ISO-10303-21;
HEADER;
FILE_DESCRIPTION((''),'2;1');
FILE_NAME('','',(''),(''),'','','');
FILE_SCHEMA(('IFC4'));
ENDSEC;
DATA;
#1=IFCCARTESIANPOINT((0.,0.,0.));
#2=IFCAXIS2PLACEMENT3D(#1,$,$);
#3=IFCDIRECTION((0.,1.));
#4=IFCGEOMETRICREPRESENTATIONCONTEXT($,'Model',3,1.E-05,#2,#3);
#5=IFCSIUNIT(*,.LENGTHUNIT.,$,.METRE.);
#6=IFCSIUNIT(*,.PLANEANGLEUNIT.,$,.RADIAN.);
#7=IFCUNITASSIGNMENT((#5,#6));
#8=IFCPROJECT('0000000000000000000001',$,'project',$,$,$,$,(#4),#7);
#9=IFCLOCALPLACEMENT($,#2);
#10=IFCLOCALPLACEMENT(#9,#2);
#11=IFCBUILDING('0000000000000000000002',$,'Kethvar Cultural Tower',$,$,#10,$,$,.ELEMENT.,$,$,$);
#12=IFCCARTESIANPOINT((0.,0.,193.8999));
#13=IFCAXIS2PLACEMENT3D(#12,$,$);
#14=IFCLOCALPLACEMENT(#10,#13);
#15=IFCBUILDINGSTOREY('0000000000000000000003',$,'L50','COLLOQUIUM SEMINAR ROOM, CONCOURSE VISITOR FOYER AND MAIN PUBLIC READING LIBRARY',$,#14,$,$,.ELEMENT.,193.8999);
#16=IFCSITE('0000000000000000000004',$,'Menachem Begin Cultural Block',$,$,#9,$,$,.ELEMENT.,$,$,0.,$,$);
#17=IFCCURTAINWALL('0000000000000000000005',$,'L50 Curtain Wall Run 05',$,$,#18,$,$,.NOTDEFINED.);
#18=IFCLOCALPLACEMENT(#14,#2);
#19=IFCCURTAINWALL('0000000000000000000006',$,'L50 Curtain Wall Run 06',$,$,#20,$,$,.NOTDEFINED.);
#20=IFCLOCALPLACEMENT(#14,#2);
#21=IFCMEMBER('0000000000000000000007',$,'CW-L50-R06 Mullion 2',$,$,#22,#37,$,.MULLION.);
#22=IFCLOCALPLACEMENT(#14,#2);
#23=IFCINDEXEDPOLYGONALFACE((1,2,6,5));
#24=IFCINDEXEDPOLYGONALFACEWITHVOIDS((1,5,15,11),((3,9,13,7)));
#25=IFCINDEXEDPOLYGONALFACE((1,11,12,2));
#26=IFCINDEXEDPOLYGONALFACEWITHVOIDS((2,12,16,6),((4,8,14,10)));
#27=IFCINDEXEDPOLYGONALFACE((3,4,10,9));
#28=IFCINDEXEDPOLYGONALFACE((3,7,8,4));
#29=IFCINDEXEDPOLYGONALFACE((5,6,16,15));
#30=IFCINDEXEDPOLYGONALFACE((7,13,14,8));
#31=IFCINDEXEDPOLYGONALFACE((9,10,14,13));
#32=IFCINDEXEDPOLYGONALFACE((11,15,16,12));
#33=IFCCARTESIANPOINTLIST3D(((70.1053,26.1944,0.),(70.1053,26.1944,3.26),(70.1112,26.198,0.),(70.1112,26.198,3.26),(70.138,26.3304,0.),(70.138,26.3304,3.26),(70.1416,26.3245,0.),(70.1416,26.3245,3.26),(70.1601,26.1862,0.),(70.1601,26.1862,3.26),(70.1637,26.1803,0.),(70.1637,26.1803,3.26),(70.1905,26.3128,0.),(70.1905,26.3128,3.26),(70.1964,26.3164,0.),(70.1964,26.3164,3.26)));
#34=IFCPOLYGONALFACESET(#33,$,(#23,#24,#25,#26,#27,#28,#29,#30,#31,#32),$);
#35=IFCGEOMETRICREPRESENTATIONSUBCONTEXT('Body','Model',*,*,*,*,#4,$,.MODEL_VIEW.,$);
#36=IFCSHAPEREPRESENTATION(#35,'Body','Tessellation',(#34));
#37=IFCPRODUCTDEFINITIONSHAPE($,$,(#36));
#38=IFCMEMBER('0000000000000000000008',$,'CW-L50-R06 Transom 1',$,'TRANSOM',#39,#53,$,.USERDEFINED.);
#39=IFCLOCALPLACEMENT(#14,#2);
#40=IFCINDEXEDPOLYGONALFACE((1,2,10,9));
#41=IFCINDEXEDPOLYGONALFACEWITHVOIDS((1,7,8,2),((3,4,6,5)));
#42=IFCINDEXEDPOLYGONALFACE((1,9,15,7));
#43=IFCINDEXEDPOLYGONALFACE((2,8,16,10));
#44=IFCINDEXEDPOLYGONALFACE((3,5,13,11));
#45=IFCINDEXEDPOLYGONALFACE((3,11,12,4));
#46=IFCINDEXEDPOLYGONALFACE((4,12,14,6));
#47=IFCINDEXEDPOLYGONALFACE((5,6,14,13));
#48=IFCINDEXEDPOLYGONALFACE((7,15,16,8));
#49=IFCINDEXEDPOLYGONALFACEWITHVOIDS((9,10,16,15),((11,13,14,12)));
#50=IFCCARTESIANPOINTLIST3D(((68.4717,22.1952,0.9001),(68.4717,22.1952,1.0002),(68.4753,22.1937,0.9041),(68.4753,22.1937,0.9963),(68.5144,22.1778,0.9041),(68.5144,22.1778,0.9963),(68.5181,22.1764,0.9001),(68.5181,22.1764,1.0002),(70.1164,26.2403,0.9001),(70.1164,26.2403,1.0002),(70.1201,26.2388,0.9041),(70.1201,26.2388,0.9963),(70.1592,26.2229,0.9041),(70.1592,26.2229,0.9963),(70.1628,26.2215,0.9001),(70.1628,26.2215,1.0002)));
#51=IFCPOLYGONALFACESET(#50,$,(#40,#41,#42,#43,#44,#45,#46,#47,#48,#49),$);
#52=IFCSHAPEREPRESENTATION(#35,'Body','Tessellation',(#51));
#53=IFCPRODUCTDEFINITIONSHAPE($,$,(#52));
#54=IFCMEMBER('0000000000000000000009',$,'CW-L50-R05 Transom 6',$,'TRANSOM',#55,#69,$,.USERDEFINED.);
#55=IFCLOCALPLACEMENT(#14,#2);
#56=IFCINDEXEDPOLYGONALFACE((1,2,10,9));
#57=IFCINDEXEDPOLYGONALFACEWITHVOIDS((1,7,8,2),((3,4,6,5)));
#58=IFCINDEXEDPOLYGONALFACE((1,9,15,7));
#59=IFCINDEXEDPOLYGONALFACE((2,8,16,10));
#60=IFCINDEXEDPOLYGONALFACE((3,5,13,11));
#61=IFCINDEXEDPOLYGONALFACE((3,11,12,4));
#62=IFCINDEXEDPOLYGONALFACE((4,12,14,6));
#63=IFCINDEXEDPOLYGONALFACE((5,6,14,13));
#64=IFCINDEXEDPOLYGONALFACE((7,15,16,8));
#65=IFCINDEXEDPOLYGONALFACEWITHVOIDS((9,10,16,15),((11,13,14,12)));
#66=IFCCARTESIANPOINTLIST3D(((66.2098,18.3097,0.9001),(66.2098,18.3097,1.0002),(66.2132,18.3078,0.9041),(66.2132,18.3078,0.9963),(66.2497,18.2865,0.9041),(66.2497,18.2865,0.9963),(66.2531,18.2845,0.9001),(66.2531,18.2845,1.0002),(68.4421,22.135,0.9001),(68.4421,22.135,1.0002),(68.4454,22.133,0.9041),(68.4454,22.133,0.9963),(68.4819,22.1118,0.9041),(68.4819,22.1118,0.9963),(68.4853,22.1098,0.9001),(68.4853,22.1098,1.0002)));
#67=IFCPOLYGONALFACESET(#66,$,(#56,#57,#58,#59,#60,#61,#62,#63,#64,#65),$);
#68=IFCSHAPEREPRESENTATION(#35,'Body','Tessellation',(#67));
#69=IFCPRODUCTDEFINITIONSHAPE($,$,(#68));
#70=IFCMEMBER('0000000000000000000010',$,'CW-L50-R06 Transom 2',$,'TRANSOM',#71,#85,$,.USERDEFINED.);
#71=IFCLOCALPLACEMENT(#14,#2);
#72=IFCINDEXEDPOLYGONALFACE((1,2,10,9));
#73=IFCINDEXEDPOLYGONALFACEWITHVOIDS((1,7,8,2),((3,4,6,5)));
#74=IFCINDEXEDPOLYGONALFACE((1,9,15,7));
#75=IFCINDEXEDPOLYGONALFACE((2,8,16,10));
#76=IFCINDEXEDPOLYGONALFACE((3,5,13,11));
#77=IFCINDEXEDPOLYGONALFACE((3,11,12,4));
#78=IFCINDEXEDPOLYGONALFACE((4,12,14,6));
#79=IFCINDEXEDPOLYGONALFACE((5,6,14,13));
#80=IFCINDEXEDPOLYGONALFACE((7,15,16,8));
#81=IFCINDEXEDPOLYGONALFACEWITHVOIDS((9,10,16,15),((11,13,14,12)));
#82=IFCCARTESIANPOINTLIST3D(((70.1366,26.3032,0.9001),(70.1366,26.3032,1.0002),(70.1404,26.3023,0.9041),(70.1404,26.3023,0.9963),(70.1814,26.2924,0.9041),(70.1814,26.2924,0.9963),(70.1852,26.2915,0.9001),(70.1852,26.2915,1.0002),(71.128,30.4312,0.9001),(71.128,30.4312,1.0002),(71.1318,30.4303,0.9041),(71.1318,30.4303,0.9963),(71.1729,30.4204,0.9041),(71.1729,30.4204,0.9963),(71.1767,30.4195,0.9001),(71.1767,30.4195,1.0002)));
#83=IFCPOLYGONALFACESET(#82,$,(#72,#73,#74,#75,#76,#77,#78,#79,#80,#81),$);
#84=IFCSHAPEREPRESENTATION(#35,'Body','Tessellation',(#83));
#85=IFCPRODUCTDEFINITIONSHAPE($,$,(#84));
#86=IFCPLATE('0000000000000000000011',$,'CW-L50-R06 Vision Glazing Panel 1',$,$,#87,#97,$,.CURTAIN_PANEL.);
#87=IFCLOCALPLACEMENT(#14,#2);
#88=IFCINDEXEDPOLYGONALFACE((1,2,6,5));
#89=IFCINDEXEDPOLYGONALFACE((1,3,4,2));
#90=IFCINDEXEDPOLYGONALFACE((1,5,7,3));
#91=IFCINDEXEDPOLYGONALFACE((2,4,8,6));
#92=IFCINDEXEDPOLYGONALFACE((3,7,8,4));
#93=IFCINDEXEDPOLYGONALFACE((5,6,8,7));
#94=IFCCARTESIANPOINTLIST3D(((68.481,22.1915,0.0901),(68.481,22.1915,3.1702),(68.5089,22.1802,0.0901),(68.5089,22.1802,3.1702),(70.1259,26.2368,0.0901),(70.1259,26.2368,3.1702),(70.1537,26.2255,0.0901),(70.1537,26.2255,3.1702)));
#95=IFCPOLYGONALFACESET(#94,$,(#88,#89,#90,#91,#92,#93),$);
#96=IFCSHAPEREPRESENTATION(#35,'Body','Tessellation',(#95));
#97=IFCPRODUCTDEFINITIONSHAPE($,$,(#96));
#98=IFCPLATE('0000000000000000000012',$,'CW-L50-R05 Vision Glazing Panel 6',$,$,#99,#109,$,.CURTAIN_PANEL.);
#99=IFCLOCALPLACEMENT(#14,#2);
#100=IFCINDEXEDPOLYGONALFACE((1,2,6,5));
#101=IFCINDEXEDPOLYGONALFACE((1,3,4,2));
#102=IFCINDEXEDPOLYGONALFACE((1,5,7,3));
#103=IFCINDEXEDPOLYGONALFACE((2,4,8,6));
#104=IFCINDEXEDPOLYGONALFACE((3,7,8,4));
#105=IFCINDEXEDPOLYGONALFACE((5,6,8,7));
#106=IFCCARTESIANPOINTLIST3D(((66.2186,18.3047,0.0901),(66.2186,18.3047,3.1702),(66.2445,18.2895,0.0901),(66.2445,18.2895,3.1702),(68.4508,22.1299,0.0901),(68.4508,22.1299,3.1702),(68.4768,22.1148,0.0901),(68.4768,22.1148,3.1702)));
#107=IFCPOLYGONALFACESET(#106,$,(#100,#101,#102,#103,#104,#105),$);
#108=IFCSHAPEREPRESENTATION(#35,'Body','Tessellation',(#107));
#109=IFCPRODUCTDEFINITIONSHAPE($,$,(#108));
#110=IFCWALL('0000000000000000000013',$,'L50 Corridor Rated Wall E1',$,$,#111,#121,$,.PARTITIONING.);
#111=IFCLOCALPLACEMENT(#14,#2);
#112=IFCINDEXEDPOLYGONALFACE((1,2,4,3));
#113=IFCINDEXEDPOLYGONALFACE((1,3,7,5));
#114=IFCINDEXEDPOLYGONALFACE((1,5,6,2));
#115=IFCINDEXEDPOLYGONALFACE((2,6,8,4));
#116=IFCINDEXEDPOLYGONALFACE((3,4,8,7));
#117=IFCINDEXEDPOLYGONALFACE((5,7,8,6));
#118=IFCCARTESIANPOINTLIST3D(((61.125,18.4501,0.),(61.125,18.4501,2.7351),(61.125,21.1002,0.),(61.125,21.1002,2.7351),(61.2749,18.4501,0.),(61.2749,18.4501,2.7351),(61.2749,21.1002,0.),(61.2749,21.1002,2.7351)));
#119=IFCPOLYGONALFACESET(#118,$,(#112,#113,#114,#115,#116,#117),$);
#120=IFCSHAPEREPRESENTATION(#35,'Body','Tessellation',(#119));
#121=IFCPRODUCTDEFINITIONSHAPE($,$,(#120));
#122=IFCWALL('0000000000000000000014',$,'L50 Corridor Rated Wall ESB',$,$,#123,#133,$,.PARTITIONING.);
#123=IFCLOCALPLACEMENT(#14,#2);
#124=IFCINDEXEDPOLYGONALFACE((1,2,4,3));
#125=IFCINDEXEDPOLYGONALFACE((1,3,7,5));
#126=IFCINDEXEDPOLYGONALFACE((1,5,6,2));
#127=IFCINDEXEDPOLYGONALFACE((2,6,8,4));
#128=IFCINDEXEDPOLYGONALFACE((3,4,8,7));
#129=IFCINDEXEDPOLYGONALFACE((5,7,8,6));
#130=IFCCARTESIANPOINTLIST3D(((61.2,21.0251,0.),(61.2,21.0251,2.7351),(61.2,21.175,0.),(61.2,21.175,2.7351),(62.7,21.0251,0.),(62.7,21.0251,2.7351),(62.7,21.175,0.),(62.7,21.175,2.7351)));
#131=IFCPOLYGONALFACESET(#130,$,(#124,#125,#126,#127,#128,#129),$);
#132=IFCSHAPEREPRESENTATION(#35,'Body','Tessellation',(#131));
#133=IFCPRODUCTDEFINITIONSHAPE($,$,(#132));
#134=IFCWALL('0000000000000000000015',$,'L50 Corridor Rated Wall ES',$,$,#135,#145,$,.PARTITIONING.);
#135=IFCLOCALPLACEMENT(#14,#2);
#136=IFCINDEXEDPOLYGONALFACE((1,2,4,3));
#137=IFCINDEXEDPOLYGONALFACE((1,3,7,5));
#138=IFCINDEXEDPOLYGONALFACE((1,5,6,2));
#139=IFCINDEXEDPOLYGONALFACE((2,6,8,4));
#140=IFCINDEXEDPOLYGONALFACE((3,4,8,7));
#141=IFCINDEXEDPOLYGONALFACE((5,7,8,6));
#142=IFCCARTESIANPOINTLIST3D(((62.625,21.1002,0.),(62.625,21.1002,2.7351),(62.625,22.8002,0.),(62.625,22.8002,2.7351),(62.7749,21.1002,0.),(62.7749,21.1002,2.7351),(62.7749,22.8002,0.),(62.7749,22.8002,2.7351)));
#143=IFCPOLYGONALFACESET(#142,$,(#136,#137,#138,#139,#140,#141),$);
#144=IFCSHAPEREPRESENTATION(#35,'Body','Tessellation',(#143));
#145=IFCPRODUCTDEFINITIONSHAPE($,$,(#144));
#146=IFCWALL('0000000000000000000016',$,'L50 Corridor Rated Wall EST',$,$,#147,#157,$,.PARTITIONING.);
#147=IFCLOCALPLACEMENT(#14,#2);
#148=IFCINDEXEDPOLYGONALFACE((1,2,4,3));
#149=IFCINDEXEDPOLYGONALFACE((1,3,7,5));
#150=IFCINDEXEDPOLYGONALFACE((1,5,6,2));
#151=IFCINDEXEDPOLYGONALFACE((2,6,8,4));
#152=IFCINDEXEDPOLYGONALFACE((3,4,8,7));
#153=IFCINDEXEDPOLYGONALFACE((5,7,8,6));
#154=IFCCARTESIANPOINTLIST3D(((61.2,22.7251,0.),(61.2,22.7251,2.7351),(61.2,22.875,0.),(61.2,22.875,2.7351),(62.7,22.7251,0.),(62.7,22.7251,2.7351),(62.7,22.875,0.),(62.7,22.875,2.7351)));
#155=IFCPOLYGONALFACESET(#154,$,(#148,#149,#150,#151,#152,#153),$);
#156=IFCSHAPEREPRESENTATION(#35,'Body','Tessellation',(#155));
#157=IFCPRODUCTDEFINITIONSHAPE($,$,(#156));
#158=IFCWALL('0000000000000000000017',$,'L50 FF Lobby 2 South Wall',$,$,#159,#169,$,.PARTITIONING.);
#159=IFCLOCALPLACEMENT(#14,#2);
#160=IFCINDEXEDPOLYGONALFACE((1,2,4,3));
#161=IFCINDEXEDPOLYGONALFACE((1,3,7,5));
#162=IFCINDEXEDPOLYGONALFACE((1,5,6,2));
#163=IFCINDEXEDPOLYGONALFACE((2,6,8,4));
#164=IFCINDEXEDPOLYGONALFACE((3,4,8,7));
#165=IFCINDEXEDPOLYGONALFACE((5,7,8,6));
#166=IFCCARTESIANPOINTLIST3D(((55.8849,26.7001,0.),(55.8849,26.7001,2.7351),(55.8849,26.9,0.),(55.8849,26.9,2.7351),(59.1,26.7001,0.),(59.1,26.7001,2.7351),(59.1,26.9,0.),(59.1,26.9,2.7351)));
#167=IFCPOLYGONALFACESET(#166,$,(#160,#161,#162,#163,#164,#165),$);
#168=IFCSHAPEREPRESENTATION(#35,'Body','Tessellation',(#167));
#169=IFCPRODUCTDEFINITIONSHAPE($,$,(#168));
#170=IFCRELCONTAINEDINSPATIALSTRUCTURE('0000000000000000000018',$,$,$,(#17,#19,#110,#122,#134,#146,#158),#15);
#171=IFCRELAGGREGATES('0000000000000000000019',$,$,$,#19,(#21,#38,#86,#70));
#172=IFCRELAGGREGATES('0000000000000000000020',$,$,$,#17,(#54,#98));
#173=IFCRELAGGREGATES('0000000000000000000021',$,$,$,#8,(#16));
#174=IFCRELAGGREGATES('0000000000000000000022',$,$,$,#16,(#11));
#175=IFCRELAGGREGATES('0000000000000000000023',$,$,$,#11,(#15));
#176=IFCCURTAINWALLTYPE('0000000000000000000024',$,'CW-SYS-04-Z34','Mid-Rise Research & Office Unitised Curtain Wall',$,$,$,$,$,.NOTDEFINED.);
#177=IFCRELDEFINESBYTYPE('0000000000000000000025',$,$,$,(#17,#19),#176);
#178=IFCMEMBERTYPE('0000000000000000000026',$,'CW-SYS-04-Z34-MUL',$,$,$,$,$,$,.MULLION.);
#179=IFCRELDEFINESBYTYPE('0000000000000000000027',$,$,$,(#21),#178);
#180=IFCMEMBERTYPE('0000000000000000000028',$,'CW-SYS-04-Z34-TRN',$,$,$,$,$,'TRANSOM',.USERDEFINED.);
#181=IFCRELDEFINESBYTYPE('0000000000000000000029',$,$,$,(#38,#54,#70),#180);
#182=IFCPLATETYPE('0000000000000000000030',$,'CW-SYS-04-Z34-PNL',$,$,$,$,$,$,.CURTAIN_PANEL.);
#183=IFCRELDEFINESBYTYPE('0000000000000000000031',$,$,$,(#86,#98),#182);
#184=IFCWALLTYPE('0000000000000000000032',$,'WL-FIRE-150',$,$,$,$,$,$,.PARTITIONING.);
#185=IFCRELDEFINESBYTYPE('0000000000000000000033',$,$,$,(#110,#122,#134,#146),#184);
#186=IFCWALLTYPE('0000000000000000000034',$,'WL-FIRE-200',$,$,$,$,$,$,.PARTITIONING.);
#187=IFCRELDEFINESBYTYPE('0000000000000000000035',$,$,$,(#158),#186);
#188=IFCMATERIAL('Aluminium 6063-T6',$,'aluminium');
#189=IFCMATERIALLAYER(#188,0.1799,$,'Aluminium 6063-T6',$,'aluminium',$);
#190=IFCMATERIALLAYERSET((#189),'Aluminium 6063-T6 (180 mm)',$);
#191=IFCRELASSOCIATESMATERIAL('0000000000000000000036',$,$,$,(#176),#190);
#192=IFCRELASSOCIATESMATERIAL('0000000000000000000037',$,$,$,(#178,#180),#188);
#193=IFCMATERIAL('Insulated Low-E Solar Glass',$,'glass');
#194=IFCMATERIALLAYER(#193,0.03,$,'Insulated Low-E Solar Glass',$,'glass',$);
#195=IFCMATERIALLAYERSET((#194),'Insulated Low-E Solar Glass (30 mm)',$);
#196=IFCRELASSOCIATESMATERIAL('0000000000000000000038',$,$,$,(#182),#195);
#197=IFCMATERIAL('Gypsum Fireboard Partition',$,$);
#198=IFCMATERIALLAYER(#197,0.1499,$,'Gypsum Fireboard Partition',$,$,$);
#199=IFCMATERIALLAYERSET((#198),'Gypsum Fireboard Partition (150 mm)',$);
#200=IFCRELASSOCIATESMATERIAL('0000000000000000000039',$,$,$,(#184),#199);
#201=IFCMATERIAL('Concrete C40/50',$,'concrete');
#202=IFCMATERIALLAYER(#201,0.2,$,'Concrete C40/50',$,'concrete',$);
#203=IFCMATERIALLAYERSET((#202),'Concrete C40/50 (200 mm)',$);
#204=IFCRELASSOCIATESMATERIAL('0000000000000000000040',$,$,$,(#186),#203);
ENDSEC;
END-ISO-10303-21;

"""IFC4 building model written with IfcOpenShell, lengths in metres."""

from ifc_helpers import new_model, si_unit, direction, frame, frame_2d, origin, origin_2d, place, context, subcontext, project, spatial, rectangle, hollow_rectangle, extrude, source, transform, mapped, material, layer, layer_set, material_profile, profile_set, type_object, element, aggregate, save


model = new_model("IFC4")

# Units and contexts
model_context = context("Model", 3, precision=1e-05, world=origin(), true_north=direction((0.0, 1.0)))
body_context = subcontext(model_context, "Body", "Model", "MODEL_VIEW")
ifc_project = project(units=[si_unit("LENGTHUNIT", "METRE"), si_unit("PLANEANGLEUNIT", "RADIAN")], contexts=[model_context])

# Site, building, storey
site_placement = place(None, origin())
site = spatial("IfcSite", under=ifc_project, at=site_placement, Name="Menachem Begin Cultural Block", CompositionType="ELEMENT", RefElevation=0.0)
building_placement = place(site_placement, origin())
building = spatial("IfcBuilding", under=site, at=building_placement, Name="Kethvar Cultural Tower", CompositionType="ELEMENT")
storey_placement = place(building_placement, frame((0.0, 0.0, 193.8999)))
storey = spatial("IfcBuildingStorey", under=building, at=storey_placement, Name="L50", Description="COLLOQUIUM SEMINAR ROOM, CONCOURSE VISITOR FOYER AND MAIN PUBLIC READING LIBRARY", CompositionType="ELEMENT", Elevation=193.8999)

# Curtain wall
ifc_material_1 = material(Name="Aluminium 6063-T6", Category="aluminium")
ifc_layer_1 = layer(ifc_material_1, 0.1799, Name="Aluminium 6063-T6", Category="aluminium")
ifc_layer_set_1 = layer_set([ifc_layer_1], Name="Aluminium 6063-T6 (180 mm)")
curtain_wall_type = type_object("IfcCurtainWallType", Name="CW-SYS-04-Z34", Description="Mid-Rise Research & Office Unitised Curtain Wall", PredefinedType="NOTDEFINED", material=ifc_layer_set_1)
curtain_wall_1_placement = place(storey_placement, origin())
curtain_wall_1 = element("IfcCurtainWall", 1, at=curtain_wall_1_placement, inside=storey, type_object=curtain_wall_type, Name="L50 Curtain Wall Run 05", PredefinedType="NOTDEFINED")
ifc_material_profile_1 = material_profile(ifc_material_1, hollow_rectangle(XDim=0.0601, YDim=0.1399, WallThickness=0.0049, at=origin_2d()), Name="Aluminium 6063-T6 — RHS140x60x5")
ifc_profile_set_1 = profile_set([ifc_material_profile_1], Name="Aluminium 6063-T6 — RHS140x60x5")
member_type_1 = type_object("IfcMemberType", Name="CW-SYS-04-Z34-MUL", PredefinedType="MULLION", material=ifc_profile_set_1)
shared_shape_1 = source(origin(), body_context, "Body", "SweptSolid", [
    extrude(hollow_rectangle(XDim=0.0601, YDim=0.1399, WallThickness=0.0049, at=origin_2d()), origin(), (0.0, 0.0, 1.0), 3.26),
])

# Curtain wall, members
curtain_wall_2_placement = place(storey_placement, origin())
curtain_wall_2 = element("IfcCurtainWall", 2, at=curtain_wall_2_placement, inside=storey, type_object=curtain_wall_type, Name="L50 Curtain Wall Run 06", PredefinedType="NOTDEFINED")
member_1_placement = place(storey_placement, frame((70.1509, 26.2554, 0.0), z_axis=(0.0, 0.0, 1.0), x_axis=(-0.972358, 0.233496, 0.0)))
member_1 = element("IfcMember", 3, at=member_1_placement, type_object=member_type_1, Name="CW-L50-R06 Mullion 2", PredefinedType="MULLION", context=body_context, shape_type="MappedRepresentation", body=[
    mapped(shared_shape_1, transform((0.0, 0.0, 0.0), scale=1.0)),
])
ifc_material_profile_2 = material_profile(ifc_material_1, hollow_rectangle(XDim=0.05, YDim=0.1001, WallThickness=0.0039, at=origin_2d()), Name="Aluminium 6063-T6 — RHS100x50x4")
ifc_profile_set_2 = profile_set([ifc_material_profile_2], Name="Aluminium 6063-T6 — RHS100x50x4")
member_type_2 = type_object("IfcMemberType", Name="CW-SYS-04-Z34-TRN", ElementType="TRANSOM", PredefinedType="USERDEFINED", material=ifc_profile_set_2)
shared_shape_2 = source(origin(), body_context, "Body", "SweptSolid", [
    extrude(hollow_rectangle(XDim=0.05, YDim=0.1001, WallThickness=0.0039, at=origin_2d()), origin(), (0.0, 0.0, 1.0), 4.3667),
])
member_2_placement = place(storey_placement, frame((68.4949, 22.1858, 0.9502), z_axis=(0.376657, 0.926353, 0.0), x_axis=(-0.926353, 0.376657, 0.0)))
member_2 = element("IfcMember", 4, at=member_2_placement, type_object=member_type_2, Name="CW-L50-R06 Transom 1", ObjectType="TRANSOM", PredefinedType="USERDEFINED", context=body_context, shape_type="MappedRepresentation", body=[
    mapped(shared_shape_2, transform((0.0, 0.0, 0.0), scale=1.0)),
])

# Members
shared_shape_3 = source(origin(), body_context, "Body", "SweptSolid", [
    extrude(hollow_rectangle(XDim=0.05, YDim=0.1001, WallThickness=0.0039, at=origin_2d()), origin(), (0.0, 0.0, 1.0), 4.429),
])
member_3_placement = place(storey_placement, frame((66.2314, 18.2971, 0.9502), z_axis=(0.504008, 0.863699, 0.0), x_axis=(-0.863699, 0.504008, 0.0)))
member_3 = element("IfcMember", 5, at=member_3_placement, type_object=member_type_2, Name="CW-L50-R05 Transom 6", ObjectType="TRANSOM", PredefinedType="USERDEFINED", context=body_context, shape_type="MappedRepresentation", body=[
    mapped(shared_shape_3, transform((0.0, 0.0, 0.0), scale=1.0)),
])
shared_shape_4 = source(origin(), body_context, "Body", "SweptSolid", [
    extrude(hollow_rectangle(XDim=0.05, YDim=0.1001, WallThickness=0.0039, at=origin_2d()), origin(), (0.0, 0.0, 1.0), 4.2454),
])
member_4_placement = place(storey_placement, frame((70.1609, 26.2974, 0.9502), z_axis=(0.23354, 0.972347, 0.0), x_axis=(-0.972347, 0.23354, 0.0)))
member_4 = element("IfcMember", 6, at=member_4_placement, type_object=member_type_2, Name="CW-L50-R06 Transom 2", ObjectType="TRANSOM", PredefinedType="USERDEFINED", context=body_context, shape_type="MappedRepresentation", body=[
    mapped(shared_shape_4, transform((0.0, 0.0, 0.0), scale=1.0)),
])

# Plates
ifc_material_2 = material(Name="Insulated Low-E Solar Glass", Category="glass")
ifc_layer_2 = layer(ifc_material_2, 0.03, Name="Insulated Low-E Solar Glass", Category="glass")
ifc_layer_set_2 = layer_set([ifc_layer_2], Name="Insulated Low-E Solar Glass (30 mm)")
plate_type = type_object("IfcPlateType", Name="CW-SYS-04-Z34-PNL", PredefinedType="CURTAIN_PANEL", material=ifc_layer_set_2)
shared_shape_5 = source(origin(), body_context, "Body", "SweptSolid", [
    extrude(rectangle(XDim=4.3669, YDim=0.03, at=origin_2d()), origin(), (0.0, 0.0, 1.0), 3.0801),
])
plate_1_placement = place(storey_placement, frame((69.3174, 24.2085, 0.0901), z_axis=(0.0, 0.0, 1.0), x_axis=(0.376661, 0.926351, 0.0)))
plate_1 = element("IfcPlate", 7, at=plate_1_placement, type_object=plate_type, Name="CW-L50-R06 Vision Glazing Panel 1", PredefinedType="CURTAIN_PANEL", context=body_context, shape_type="MappedRepresentation", body=[
    mapped(shared_shape_5, transform((0.0, 0.0, 0.0), scale=1.0)),
])
aggregate(curtain_wall_2, [member_1, member_2, plate_1, member_4])
shared_shape_6 = source(origin(), body_context, "Body", "SweptSolid", [
    extrude(rectangle(XDim=4.429, YDim=0.03, at=origin_2d()), origin(), (0.0, 0.0, 1.0), 3.0801),
])
plate_2_placement = place(storey_placement, frame((67.3477, 20.2097, 0.0901), z_axis=(0.0, 0.0, 1.0), x_axis=(0.504015, 0.863695, 0.0)))
plate_2 = element("IfcPlate", 8, at=plate_2_placement, type_object=plate_type, Name="CW-L50-R05 Vision Glazing Panel 6", PredefinedType="CURTAIN_PANEL", context=body_context, shape_type="MappedRepresentation", body=[
    mapped(shared_shape_6, transform((0.0, 0.0, 0.0), scale=1.0)),
])
aggregate(curtain_wall_1, [member_3, plate_2])

# Walls
ifc_material_3 = material(Name="Gypsum Fireboard Partition")
ifc_layer_3 = layer(ifc_material_3, 0.1499, Name="Gypsum Fireboard Partition")
ifc_layer_set_3 = layer_set([ifc_layer_3], Name="Gypsum Fireboard Partition (150 mm)")
wall_type_1 = type_object("IfcWallType", Name="WL-FIRE-150", PredefinedType="PARTITIONING", material=ifc_layer_set_3)
wall_1_placement = place(storey_placement, frame((61.2, 18.45, 0.0), z_axis=(0.0, 0.0, 1.0), x_axis=(0.0, 1.0, 0.0)))
element("IfcWall", 9, at=wall_1_placement, inside=storey, type_object=wall_type_1, Name="L50 Corridor Rated Wall E1", PredefinedType="PARTITIONING", context=body_context, shape_type="SweptSolid", body=[
    extrude(rectangle(XDim=2.6501, YDim=0.1499, at=frame_2d((1.3252, 0.0))), origin(), (0.0, 0.0, 1.0), 2.7351),
])
wall_2_placement = place(storey_placement, frame((61.2, 21.1001, 0.0), z_axis=(0.0, 0.0, 1.0), x_axis=(1.0, 0.0, 0.0)))
element("IfcWall", 10, at=wall_2_placement, inside=storey, type_object=wall_type_1, Name="L50 Corridor Rated Wall ESB", PredefinedType="PARTITIONING", context=body_context, shape_type="SweptSolid", body=[
    extrude(rectangle(XDim=1.5, YDim=0.1499, at=frame_2d((0.75, 0.0))), origin(), (0.0, 0.0, 1.0), 2.7351),
])
wall_3_placement = place(storey_placement, frame((62.7, 21.1001, 0.0), z_axis=(0.0, 0.0, 1.0), x_axis=(0.0, 1.0, 0.0)))
element("IfcWall", 11, at=wall_3_placement, inside=storey, type_object=wall_type_1, Name="L50 Corridor Rated Wall ES", PredefinedType="PARTITIONING", context=body_context, shape_type="SweptSolid", body=[
    extrude(rectangle(XDim=1.7, YDim=0.1499, at=frame_2d((0.8501, 0.0))), origin(), (0.0, 0.0, 1.0), 2.7351),
])
wall_4_placement = place(storey_placement, frame((62.7, 22.8, 0.0), z_axis=(0.0, 0.0, 1.0), x_axis=(-1.0, 0.0, 0.0)))
element("IfcWall", 12, at=wall_4_placement, inside=storey, type_object=wall_type_1, Name="L50 Corridor Rated Wall EST", PredefinedType="PARTITIONING", context=body_context, shape_type="SweptSolid", body=[
    extrude(rectangle(XDim=1.5, YDim=0.1499, at=frame_2d((0.75, 0.0))), origin(), (0.0, 0.0, 1.0), 2.7351),
])

# Shared definitions
ifc_material_4 = material(Name="Concrete C40/50", Category="concrete")
ifc_layer_4 = layer(ifc_material_4, 0.2, Name="Concrete C40/50", Category="concrete")
ifc_layer_set_4 = layer_set([ifc_layer_4], Name="Concrete C40/50 (200 mm)")
wall_type_2 = type_object("IfcWallType", Name="WL-FIRE-200", PredefinedType="PARTITIONING", material=ifc_layer_set_4)

# Wall
wall_5_placement = place(storey_placement, frame((55.885, 26.8, 0.0), z_axis=(0.0, 0.0, 1.0), x_axis=(1.0, 0.0, 0.0)))
element("IfcWall", 13, at=wall_5_placement, inside=storey, type_object=wall_type_2, Name="L50 FF Lobby 2 South Wall", PredefinedType="PARTITIONING", context=body_context, shape_type="SweptSolid", body=[
    extrude(rectangle(XDim=3.2151, YDim=0.2, at=frame_2d((1.6074, 0.0))), origin(), (0.0, 0.0, 1.0), 2.7351),
])

save(model, "model.ifc")
